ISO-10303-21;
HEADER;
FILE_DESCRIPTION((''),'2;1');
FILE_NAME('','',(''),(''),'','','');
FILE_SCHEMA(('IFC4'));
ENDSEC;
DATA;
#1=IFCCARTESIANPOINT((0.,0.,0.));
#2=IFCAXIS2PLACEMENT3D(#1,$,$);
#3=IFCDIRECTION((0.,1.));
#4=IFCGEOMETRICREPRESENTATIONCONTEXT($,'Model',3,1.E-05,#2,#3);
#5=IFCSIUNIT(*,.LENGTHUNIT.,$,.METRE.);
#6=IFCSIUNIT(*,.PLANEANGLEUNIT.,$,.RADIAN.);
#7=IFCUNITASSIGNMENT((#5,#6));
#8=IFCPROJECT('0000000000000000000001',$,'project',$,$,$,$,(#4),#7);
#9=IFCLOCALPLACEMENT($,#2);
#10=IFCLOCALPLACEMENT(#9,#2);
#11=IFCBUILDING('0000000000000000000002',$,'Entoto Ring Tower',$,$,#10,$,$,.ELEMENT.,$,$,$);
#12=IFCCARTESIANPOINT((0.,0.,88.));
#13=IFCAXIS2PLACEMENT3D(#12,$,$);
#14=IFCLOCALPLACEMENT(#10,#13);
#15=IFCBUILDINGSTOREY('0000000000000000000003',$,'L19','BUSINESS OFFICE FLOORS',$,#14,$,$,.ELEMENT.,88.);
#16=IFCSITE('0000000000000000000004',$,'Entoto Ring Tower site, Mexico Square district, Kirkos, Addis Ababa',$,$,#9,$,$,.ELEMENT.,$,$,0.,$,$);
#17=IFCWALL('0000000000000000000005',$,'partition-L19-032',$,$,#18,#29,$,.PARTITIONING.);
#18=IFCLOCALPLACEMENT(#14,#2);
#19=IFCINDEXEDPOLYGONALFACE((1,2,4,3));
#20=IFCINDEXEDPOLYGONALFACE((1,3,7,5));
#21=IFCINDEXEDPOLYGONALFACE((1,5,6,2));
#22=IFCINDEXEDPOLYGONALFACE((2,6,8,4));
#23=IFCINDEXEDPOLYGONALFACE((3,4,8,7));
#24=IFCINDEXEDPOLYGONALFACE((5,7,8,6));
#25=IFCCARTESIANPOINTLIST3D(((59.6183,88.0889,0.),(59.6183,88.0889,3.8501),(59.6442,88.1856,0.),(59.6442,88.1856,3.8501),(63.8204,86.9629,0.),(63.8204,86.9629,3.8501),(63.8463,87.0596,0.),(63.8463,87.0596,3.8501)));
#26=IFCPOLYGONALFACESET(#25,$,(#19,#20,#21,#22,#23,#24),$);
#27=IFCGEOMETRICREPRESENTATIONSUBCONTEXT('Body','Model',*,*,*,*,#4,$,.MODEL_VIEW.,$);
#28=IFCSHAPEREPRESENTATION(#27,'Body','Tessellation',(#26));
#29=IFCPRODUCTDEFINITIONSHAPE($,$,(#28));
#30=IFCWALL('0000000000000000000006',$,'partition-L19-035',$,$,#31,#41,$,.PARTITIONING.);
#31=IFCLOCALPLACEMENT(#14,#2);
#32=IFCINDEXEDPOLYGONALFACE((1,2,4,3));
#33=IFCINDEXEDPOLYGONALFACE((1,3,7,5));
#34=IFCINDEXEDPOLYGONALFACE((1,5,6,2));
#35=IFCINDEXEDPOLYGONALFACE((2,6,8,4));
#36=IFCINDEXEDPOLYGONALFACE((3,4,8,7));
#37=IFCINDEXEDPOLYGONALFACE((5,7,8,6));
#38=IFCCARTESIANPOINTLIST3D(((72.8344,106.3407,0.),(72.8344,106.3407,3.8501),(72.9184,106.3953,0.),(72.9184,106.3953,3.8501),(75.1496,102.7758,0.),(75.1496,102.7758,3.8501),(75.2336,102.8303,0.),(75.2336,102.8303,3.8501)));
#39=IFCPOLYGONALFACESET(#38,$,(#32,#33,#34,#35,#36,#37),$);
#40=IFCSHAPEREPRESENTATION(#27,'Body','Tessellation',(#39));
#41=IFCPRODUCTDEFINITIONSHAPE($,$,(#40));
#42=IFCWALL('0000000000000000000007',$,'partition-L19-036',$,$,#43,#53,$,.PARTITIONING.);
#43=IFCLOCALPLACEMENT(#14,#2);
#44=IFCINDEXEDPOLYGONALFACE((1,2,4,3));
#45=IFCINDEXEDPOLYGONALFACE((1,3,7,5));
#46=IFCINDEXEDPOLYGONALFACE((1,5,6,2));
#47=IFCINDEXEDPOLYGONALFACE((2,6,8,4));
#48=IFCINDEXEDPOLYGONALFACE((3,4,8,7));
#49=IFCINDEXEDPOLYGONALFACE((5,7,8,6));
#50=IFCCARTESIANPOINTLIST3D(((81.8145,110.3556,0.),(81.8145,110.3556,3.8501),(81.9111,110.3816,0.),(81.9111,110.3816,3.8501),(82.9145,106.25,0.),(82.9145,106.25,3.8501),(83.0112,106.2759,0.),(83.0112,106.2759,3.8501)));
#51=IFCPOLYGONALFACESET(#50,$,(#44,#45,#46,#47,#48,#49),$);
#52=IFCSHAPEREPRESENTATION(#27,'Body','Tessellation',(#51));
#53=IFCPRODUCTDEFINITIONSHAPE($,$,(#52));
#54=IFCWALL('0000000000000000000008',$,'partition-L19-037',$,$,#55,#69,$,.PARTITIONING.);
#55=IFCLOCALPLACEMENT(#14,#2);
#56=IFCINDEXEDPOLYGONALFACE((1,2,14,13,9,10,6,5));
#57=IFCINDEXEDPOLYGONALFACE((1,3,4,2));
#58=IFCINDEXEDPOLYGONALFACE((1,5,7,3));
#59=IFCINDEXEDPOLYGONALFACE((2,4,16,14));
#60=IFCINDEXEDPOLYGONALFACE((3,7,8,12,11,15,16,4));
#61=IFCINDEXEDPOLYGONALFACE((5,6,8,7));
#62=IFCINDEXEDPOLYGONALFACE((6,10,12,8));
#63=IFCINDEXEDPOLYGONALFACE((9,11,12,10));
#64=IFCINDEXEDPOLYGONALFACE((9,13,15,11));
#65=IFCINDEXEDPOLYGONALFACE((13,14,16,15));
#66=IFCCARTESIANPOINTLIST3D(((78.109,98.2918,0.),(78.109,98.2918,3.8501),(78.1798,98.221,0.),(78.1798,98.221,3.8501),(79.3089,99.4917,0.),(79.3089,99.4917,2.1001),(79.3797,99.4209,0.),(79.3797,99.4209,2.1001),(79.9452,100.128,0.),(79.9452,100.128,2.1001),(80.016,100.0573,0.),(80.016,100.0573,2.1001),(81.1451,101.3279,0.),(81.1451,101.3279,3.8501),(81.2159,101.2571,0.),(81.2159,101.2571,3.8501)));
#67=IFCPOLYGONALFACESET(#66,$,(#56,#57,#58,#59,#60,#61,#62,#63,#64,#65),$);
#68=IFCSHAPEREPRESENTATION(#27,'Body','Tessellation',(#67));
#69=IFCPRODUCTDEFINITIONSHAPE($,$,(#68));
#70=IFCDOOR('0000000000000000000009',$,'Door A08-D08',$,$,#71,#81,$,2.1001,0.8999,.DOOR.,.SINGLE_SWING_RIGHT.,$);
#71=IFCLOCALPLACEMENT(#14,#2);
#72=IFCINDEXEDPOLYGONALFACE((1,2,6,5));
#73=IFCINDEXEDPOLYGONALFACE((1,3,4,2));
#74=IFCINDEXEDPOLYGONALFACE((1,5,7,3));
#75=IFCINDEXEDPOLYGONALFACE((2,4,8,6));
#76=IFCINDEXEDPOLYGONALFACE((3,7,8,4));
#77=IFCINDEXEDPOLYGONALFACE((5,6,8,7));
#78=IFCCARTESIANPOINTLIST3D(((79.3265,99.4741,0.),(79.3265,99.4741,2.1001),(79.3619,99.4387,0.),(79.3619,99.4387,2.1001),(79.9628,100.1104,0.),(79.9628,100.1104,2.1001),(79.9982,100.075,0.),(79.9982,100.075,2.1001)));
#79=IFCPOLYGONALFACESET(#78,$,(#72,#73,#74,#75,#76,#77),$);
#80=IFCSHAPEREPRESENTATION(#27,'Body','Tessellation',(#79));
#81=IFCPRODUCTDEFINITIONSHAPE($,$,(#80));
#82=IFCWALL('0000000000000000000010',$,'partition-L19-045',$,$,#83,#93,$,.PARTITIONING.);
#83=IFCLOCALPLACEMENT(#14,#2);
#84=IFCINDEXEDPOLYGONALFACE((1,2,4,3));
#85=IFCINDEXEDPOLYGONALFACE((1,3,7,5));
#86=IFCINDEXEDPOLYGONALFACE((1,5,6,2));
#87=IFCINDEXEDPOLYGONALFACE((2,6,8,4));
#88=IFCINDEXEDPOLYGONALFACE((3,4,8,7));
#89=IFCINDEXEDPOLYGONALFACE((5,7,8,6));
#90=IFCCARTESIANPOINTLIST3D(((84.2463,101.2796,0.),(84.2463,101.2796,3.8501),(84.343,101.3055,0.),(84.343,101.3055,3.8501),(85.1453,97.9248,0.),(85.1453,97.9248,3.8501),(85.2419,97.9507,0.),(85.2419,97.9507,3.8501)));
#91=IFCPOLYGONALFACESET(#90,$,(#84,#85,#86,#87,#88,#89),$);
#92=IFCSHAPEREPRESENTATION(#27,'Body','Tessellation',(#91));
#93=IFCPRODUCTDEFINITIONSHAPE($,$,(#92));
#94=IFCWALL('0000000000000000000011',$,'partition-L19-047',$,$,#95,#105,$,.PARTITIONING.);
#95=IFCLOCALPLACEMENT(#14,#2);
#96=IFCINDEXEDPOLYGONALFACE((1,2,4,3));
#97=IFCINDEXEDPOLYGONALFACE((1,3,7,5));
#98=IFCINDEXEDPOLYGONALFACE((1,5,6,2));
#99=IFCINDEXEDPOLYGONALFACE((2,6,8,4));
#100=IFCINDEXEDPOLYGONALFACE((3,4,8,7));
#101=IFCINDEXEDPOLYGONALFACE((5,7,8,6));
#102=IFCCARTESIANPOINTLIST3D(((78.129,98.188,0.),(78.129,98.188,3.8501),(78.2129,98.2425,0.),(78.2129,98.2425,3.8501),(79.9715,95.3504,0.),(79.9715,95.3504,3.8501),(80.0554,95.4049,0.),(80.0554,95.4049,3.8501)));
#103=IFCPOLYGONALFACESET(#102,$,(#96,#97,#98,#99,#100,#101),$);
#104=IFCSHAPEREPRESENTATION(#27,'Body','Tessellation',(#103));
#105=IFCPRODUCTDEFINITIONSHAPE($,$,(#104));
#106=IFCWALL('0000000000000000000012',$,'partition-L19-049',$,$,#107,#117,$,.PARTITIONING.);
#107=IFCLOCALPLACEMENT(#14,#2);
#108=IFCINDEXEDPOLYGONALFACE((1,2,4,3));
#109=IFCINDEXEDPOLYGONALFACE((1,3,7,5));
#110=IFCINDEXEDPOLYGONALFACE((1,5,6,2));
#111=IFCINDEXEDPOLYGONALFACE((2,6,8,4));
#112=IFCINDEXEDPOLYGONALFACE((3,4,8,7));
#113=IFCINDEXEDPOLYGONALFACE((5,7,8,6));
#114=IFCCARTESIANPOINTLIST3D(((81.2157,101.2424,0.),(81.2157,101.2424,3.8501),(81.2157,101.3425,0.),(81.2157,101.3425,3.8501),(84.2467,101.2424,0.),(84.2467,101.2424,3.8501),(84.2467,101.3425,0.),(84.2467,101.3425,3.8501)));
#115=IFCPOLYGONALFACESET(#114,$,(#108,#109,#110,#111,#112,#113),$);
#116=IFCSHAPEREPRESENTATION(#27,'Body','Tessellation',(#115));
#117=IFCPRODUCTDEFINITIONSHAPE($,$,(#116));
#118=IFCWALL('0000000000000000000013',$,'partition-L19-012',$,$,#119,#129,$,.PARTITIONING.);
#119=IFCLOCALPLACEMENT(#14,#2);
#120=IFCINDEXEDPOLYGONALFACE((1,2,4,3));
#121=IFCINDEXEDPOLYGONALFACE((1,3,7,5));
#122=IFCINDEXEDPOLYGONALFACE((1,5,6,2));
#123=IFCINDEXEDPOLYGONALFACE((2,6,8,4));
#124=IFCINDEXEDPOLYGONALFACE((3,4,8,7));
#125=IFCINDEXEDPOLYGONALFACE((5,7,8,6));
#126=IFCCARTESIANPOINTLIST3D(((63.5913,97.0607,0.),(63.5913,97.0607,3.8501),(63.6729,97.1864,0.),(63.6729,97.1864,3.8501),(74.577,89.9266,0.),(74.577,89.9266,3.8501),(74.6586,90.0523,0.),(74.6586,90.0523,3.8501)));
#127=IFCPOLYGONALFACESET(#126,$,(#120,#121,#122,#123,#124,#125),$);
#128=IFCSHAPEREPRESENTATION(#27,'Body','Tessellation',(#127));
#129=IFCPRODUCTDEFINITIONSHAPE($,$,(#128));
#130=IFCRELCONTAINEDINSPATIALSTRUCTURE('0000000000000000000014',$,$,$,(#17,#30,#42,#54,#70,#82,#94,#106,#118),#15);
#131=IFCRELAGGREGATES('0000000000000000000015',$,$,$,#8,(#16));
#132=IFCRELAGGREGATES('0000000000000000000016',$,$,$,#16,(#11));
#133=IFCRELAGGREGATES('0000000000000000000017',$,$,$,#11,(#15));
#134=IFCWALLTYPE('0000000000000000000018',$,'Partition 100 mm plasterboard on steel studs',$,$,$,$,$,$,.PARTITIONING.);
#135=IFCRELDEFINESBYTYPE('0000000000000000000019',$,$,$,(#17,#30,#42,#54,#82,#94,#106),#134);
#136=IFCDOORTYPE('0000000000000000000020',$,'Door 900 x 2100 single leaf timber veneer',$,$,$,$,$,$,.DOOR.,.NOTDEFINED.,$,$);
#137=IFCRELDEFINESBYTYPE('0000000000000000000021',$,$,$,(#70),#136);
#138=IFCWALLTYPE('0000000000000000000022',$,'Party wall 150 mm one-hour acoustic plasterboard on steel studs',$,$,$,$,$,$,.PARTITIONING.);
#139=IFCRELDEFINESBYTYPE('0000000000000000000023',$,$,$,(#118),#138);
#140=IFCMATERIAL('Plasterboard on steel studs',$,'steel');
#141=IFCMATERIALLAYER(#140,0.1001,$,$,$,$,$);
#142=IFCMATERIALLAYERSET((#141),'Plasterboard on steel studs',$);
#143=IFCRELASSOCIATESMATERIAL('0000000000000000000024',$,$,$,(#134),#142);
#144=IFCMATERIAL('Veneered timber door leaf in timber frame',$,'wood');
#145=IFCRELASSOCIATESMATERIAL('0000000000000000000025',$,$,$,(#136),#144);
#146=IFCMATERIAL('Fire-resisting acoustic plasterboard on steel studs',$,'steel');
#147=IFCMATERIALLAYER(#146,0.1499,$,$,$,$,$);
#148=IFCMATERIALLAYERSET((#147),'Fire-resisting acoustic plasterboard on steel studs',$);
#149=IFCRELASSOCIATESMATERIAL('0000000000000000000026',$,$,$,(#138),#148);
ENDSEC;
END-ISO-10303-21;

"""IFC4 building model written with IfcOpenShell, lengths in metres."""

from ifc_helpers import new_model, si_unit, direction, frame, frame_2d, origin, place, context, subcontext, project, spatial, rectangle, extrude, material, layer, layer_set, type_object, element, fill, save


model = new_model("IFC4")

# Units and contexts
model_context = context("Model", 3, precision=1e-05, world=origin(), true_north=direction((0.0, 1.0)))
body_context = subcontext(model_context, "Body", "Model", "MODEL_VIEW")
ifc_project = project(units=[si_unit("LENGTHUNIT", "METRE"), si_unit("PLANEANGLEUNIT", "RADIAN")], contexts=[model_context])

# Site, building, storey
site_placement = place(None, origin())
site = spatial("IfcSite", under=ifc_project, at=site_placement, Name="Entoto Ring Tower site, Mexico Square district, Kirkos, Addis Ababa", CompositionType="ELEMENT", RefElevation=0.0)
building_placement = place(site_placement, origin())
building = spatial("IfcBuilding", under=site, at=building_placement, Name="Entoto Ring Tower", CompositionType="ELEMENT")
storey_placement = place(building_placement, frame((0.0, 0.0, 88.0)))
storey = spatial("IfcBuildingStorey", under=building, at=storey_placement, Name="L19", Description="BUSINESS OFFICE FLOORS", CompositionType="ELEMENT", Elevation=88.0)

# Shared definitions
ifc_material_1 = material(Name="Plasterboard on steel studs", Category="steel")
ifc_layer_1 = layer(ifc_material_1, 0.1001)
ifc_layer_set_1 = layer_set([ifc_layer_1], Name="Plasterboard on steel studs")
wall_type_1 = type_object("IfcWallType", Name="Partition 100 mm plasterboard on steel studs", PredefinedType="PARTITIONING", material=ifc_layer_set_1)
ifc_material_2 = material(Name="Veneered timber door leaf in timber frame", Category="wood")
door_type_1 = type_object("IfcDoorType", Name="Door 900 x 2100 single leaf timber veneer", OperationType="NOTDEFINED", PredefinedType="DOOR", material=ifc_material_2)

# Walls
wall_1_placement = place(storey_placement, frame((63.8335, 87.0112, 0.0), z_axis=(0.0, 0.0, 1.0), x_axis=(-0.965925, 0.258822, 0.0)))
element("IfcWall", 1, at=wall_1_placement, inside=storey, type_object=wall_type_1, Name="partition-L19-032", PredefinedType="PARTITIONING", context=body_context, shape_type="SweptSolid", body=[
    extrude(rectangle(XDim=4.3503, YDim=0.1001, at=frame_2d((2.1753, 0.0))), origin(), (0.0, 0.0, 1.0), 3.8501),
])
wall_2_placement = place(storey_placement, frame((75.1917, 102.803, 0.0), z_axis=(0.0, 0.0, 1.0), x_axis=(-0.544653, 0.838661, 0.0)))
element("IfcWall", 2, at=wall_2_placement, inside=storey, type_object=wall_type_1, Name="partition-L19-035", PredefinedType="PARTITIONING", context=body_context, shape_type="SweptSolid", body=[
    extrude(rectangle(XDim=4.2507, YDim=0.1001, at=frame_2d((2.1255, 0.0))), origin(), (0.0, 0.0, 1.0), 3.8501),
])
wall_3_placement = place(storey_placement, frame((82.9629, 106.2629, 0.0), z_axis=(0.0, 0.0, 1.0), x_axis=(-0.258814, 0.965927, 0.0)))
element("IfcWall", 3, at=wall_3_placement, inside=storey, type_object=wall_type_1, Name="partition-L19-036", PredefinedType="PARTITIONING", context=body_context, shape_type="SweptSolid", body=[
    extrude(rectangle(XDim=4.2505, YDim=0.1001, at=frame_2d((2.1252, 0.0))), origin(), (0.0, 0.0, 1.0), 3.8501),
])

# Wall, opening, door
wall_4_placement = place(storey_placement, frame((78.1443, 98.2563, 0.0), z_axis=(0.0, 0.0, 1.0), x_axis=(0.707107, 0.707107, 0.0)))
wall_4 = element("IfcWall", 4, at=wall_4_placement, inside=storey, type_object=wall_type_1, Name="partition-L19-037", PredefinedType="PARTITIONING", context=body_context, shape_type="SweptSolid", body=[
    extrude(rectangle(XDim=4.2937, YDim=0.1001, at=frame_2d((2.147, 0.0))), origin(), (0.0, 0.0, 1.0), 3.8501),
])
opening_1_placement = place(wall_4_placement, frame((1.697, 0.0, 0.0)))
opening_1 = element("IfcOpeningElement", 5, at=opening_1_placement, cuts=wall_4, PredefinedType="OPENING", context=body_context, shape_type="SweptSolid", body=[
    extrude(rectangle(XDim=0.8999, YDim=2.1001, at=frame_2d((0.45, 1.05))), frame((0.0, 0.0601, 0.0), z_axis=(0.0, -1.0, 0.0), x_axis=(1.0, 0.0, 0.0)), (0.0, 0.0, 1.0), 0.1201),
])
door_1_placement = place(opening_1_placement, frame((0.8999, 0.0, 0.0), z_axis=(0.0, 0.0, 1.0), x_axis=(-1.0, 0.0, 0.0)))
door_1 = element("IfcDoor", 6, at=door_1_placement, inside=storey, type_object=door_type_1, Name="Door A08-D08", OperationType="SINGLE_SWING_RIGHT", OverallHeight=2.1001, OverallWidth=0.8999, PredefinedType="DOOR", context=body_context, shape_type="SweptSolid", body=[
    extrude(rectangle(XDim=0.8999, YDim=2.1001, at=frame_2d((0.45, 1.05))), frame((0.0, 0.0249, 0.0), z_axis=(0.0, -1.0, 0.0), x_axis=(1.0, 0.0, 0.0)), (0.0, 0.0, 1.0), 0.05),
])
fill(opening_1, door_1)

# Walls
wall_5_placement = place(storey_placement, frame((85.1936, 97.9377, 0.0), z_axis=(0.0, 0.0, 1.0), x_axis=(-0.258826, 0.965924, 0.0)))
element("IfcWall", 7, at=wall_5_placement, inside=storey, type_object=wall_type_1, Name="partition-L19-045", PredefinedType="PARTITIONING", context=body_context, shape_type="SweptSolid", body=[
    extrude(rectangle(XDim=3.4731, YDim=0.1001, at=frame_2d((1.7366, 0.0))), origin(), (0.0, 0.0, 1.0), 3.8501),
])
wall_6_placement = place(storey_placement, frame((80.0134, 95.3777, 0.0), z_axis=(0.0, 0.0, 1.0), x_axis=(-0.544585, 0.838706, 0.0)))
element("IfcWall", 8, at=wall_6_placement, inside=storey, type_object=wall_type_1, Name="partition-L19-047", PredefinedType="PARTITIONING", context=body_context, shape_type="SweptSolid", body=[
    extrude(rectangle(XDim=3.3833, YDim=0.1001, at=frame_2d((1.6917, 0.0))), origin(), (0.0, 0.0, 1.0), 3.8501),
])
wall_7_placement = place(storey_placement, frame((81.2156, 101.2925, 0.0), z_axis=(0.0, 0.0, 1.0), x_axis=(1.0, 0.0, 0.0)))
element("IfcWall", 9, at=wall_7_placement, inside=storey, type_object=wall_type_1, Name="partition-L19-049", PredefinedType="PARTITIONING", context=body_context, shape_type="SweptSolid", body=[
    extrude(rectangle(XDim=3.031, YDim=0.1001, at=frame_2d((1.5156, 0.0))), origin(), (0.0, 0.0, 1.0), 3.8501),
])
ifc_material_3 = material(Name="Fire-resisting acoustic plasterboard on steel studs", Category="steel")
ifc_layer_2 = layer(ifc_material_3, 0.1499)
ifc_layer_set_2 = layer_set([ifc_layer_2], Name="Fire-resisting acoustic plasterboard on steel studs")
wall_type_2 = type_object("IfcWallType", Name="Party wall 150 mm one-hour acoustic plasterboard on steel studs", PredefinedType="PARTITIONING", material=ifc_layer_set_2)
wall_8_placement = place(storey_placement, frame((74.6177, 89.9895, 0.0), z_axis=(0.0, 0.0, 1.0), x_axis=(-0.838674, 0.544634, 0.0)))
element("IfcWall", 10, at=wall_8_placement, inside=storey, type_object=wall_type_2, Name="partition-L19-012", PredefinedType="PARTITIONING", context=body_context, shape_type="SweptSolid", body=[
    extrude(rectangle(XDim=13.0989, YDim=0.1499, at=frame_2d((6.5493, 0.0))), origin(), (0.0, 0.0, 1.0), 3.8501),
])

save(model, "model.ifc")
